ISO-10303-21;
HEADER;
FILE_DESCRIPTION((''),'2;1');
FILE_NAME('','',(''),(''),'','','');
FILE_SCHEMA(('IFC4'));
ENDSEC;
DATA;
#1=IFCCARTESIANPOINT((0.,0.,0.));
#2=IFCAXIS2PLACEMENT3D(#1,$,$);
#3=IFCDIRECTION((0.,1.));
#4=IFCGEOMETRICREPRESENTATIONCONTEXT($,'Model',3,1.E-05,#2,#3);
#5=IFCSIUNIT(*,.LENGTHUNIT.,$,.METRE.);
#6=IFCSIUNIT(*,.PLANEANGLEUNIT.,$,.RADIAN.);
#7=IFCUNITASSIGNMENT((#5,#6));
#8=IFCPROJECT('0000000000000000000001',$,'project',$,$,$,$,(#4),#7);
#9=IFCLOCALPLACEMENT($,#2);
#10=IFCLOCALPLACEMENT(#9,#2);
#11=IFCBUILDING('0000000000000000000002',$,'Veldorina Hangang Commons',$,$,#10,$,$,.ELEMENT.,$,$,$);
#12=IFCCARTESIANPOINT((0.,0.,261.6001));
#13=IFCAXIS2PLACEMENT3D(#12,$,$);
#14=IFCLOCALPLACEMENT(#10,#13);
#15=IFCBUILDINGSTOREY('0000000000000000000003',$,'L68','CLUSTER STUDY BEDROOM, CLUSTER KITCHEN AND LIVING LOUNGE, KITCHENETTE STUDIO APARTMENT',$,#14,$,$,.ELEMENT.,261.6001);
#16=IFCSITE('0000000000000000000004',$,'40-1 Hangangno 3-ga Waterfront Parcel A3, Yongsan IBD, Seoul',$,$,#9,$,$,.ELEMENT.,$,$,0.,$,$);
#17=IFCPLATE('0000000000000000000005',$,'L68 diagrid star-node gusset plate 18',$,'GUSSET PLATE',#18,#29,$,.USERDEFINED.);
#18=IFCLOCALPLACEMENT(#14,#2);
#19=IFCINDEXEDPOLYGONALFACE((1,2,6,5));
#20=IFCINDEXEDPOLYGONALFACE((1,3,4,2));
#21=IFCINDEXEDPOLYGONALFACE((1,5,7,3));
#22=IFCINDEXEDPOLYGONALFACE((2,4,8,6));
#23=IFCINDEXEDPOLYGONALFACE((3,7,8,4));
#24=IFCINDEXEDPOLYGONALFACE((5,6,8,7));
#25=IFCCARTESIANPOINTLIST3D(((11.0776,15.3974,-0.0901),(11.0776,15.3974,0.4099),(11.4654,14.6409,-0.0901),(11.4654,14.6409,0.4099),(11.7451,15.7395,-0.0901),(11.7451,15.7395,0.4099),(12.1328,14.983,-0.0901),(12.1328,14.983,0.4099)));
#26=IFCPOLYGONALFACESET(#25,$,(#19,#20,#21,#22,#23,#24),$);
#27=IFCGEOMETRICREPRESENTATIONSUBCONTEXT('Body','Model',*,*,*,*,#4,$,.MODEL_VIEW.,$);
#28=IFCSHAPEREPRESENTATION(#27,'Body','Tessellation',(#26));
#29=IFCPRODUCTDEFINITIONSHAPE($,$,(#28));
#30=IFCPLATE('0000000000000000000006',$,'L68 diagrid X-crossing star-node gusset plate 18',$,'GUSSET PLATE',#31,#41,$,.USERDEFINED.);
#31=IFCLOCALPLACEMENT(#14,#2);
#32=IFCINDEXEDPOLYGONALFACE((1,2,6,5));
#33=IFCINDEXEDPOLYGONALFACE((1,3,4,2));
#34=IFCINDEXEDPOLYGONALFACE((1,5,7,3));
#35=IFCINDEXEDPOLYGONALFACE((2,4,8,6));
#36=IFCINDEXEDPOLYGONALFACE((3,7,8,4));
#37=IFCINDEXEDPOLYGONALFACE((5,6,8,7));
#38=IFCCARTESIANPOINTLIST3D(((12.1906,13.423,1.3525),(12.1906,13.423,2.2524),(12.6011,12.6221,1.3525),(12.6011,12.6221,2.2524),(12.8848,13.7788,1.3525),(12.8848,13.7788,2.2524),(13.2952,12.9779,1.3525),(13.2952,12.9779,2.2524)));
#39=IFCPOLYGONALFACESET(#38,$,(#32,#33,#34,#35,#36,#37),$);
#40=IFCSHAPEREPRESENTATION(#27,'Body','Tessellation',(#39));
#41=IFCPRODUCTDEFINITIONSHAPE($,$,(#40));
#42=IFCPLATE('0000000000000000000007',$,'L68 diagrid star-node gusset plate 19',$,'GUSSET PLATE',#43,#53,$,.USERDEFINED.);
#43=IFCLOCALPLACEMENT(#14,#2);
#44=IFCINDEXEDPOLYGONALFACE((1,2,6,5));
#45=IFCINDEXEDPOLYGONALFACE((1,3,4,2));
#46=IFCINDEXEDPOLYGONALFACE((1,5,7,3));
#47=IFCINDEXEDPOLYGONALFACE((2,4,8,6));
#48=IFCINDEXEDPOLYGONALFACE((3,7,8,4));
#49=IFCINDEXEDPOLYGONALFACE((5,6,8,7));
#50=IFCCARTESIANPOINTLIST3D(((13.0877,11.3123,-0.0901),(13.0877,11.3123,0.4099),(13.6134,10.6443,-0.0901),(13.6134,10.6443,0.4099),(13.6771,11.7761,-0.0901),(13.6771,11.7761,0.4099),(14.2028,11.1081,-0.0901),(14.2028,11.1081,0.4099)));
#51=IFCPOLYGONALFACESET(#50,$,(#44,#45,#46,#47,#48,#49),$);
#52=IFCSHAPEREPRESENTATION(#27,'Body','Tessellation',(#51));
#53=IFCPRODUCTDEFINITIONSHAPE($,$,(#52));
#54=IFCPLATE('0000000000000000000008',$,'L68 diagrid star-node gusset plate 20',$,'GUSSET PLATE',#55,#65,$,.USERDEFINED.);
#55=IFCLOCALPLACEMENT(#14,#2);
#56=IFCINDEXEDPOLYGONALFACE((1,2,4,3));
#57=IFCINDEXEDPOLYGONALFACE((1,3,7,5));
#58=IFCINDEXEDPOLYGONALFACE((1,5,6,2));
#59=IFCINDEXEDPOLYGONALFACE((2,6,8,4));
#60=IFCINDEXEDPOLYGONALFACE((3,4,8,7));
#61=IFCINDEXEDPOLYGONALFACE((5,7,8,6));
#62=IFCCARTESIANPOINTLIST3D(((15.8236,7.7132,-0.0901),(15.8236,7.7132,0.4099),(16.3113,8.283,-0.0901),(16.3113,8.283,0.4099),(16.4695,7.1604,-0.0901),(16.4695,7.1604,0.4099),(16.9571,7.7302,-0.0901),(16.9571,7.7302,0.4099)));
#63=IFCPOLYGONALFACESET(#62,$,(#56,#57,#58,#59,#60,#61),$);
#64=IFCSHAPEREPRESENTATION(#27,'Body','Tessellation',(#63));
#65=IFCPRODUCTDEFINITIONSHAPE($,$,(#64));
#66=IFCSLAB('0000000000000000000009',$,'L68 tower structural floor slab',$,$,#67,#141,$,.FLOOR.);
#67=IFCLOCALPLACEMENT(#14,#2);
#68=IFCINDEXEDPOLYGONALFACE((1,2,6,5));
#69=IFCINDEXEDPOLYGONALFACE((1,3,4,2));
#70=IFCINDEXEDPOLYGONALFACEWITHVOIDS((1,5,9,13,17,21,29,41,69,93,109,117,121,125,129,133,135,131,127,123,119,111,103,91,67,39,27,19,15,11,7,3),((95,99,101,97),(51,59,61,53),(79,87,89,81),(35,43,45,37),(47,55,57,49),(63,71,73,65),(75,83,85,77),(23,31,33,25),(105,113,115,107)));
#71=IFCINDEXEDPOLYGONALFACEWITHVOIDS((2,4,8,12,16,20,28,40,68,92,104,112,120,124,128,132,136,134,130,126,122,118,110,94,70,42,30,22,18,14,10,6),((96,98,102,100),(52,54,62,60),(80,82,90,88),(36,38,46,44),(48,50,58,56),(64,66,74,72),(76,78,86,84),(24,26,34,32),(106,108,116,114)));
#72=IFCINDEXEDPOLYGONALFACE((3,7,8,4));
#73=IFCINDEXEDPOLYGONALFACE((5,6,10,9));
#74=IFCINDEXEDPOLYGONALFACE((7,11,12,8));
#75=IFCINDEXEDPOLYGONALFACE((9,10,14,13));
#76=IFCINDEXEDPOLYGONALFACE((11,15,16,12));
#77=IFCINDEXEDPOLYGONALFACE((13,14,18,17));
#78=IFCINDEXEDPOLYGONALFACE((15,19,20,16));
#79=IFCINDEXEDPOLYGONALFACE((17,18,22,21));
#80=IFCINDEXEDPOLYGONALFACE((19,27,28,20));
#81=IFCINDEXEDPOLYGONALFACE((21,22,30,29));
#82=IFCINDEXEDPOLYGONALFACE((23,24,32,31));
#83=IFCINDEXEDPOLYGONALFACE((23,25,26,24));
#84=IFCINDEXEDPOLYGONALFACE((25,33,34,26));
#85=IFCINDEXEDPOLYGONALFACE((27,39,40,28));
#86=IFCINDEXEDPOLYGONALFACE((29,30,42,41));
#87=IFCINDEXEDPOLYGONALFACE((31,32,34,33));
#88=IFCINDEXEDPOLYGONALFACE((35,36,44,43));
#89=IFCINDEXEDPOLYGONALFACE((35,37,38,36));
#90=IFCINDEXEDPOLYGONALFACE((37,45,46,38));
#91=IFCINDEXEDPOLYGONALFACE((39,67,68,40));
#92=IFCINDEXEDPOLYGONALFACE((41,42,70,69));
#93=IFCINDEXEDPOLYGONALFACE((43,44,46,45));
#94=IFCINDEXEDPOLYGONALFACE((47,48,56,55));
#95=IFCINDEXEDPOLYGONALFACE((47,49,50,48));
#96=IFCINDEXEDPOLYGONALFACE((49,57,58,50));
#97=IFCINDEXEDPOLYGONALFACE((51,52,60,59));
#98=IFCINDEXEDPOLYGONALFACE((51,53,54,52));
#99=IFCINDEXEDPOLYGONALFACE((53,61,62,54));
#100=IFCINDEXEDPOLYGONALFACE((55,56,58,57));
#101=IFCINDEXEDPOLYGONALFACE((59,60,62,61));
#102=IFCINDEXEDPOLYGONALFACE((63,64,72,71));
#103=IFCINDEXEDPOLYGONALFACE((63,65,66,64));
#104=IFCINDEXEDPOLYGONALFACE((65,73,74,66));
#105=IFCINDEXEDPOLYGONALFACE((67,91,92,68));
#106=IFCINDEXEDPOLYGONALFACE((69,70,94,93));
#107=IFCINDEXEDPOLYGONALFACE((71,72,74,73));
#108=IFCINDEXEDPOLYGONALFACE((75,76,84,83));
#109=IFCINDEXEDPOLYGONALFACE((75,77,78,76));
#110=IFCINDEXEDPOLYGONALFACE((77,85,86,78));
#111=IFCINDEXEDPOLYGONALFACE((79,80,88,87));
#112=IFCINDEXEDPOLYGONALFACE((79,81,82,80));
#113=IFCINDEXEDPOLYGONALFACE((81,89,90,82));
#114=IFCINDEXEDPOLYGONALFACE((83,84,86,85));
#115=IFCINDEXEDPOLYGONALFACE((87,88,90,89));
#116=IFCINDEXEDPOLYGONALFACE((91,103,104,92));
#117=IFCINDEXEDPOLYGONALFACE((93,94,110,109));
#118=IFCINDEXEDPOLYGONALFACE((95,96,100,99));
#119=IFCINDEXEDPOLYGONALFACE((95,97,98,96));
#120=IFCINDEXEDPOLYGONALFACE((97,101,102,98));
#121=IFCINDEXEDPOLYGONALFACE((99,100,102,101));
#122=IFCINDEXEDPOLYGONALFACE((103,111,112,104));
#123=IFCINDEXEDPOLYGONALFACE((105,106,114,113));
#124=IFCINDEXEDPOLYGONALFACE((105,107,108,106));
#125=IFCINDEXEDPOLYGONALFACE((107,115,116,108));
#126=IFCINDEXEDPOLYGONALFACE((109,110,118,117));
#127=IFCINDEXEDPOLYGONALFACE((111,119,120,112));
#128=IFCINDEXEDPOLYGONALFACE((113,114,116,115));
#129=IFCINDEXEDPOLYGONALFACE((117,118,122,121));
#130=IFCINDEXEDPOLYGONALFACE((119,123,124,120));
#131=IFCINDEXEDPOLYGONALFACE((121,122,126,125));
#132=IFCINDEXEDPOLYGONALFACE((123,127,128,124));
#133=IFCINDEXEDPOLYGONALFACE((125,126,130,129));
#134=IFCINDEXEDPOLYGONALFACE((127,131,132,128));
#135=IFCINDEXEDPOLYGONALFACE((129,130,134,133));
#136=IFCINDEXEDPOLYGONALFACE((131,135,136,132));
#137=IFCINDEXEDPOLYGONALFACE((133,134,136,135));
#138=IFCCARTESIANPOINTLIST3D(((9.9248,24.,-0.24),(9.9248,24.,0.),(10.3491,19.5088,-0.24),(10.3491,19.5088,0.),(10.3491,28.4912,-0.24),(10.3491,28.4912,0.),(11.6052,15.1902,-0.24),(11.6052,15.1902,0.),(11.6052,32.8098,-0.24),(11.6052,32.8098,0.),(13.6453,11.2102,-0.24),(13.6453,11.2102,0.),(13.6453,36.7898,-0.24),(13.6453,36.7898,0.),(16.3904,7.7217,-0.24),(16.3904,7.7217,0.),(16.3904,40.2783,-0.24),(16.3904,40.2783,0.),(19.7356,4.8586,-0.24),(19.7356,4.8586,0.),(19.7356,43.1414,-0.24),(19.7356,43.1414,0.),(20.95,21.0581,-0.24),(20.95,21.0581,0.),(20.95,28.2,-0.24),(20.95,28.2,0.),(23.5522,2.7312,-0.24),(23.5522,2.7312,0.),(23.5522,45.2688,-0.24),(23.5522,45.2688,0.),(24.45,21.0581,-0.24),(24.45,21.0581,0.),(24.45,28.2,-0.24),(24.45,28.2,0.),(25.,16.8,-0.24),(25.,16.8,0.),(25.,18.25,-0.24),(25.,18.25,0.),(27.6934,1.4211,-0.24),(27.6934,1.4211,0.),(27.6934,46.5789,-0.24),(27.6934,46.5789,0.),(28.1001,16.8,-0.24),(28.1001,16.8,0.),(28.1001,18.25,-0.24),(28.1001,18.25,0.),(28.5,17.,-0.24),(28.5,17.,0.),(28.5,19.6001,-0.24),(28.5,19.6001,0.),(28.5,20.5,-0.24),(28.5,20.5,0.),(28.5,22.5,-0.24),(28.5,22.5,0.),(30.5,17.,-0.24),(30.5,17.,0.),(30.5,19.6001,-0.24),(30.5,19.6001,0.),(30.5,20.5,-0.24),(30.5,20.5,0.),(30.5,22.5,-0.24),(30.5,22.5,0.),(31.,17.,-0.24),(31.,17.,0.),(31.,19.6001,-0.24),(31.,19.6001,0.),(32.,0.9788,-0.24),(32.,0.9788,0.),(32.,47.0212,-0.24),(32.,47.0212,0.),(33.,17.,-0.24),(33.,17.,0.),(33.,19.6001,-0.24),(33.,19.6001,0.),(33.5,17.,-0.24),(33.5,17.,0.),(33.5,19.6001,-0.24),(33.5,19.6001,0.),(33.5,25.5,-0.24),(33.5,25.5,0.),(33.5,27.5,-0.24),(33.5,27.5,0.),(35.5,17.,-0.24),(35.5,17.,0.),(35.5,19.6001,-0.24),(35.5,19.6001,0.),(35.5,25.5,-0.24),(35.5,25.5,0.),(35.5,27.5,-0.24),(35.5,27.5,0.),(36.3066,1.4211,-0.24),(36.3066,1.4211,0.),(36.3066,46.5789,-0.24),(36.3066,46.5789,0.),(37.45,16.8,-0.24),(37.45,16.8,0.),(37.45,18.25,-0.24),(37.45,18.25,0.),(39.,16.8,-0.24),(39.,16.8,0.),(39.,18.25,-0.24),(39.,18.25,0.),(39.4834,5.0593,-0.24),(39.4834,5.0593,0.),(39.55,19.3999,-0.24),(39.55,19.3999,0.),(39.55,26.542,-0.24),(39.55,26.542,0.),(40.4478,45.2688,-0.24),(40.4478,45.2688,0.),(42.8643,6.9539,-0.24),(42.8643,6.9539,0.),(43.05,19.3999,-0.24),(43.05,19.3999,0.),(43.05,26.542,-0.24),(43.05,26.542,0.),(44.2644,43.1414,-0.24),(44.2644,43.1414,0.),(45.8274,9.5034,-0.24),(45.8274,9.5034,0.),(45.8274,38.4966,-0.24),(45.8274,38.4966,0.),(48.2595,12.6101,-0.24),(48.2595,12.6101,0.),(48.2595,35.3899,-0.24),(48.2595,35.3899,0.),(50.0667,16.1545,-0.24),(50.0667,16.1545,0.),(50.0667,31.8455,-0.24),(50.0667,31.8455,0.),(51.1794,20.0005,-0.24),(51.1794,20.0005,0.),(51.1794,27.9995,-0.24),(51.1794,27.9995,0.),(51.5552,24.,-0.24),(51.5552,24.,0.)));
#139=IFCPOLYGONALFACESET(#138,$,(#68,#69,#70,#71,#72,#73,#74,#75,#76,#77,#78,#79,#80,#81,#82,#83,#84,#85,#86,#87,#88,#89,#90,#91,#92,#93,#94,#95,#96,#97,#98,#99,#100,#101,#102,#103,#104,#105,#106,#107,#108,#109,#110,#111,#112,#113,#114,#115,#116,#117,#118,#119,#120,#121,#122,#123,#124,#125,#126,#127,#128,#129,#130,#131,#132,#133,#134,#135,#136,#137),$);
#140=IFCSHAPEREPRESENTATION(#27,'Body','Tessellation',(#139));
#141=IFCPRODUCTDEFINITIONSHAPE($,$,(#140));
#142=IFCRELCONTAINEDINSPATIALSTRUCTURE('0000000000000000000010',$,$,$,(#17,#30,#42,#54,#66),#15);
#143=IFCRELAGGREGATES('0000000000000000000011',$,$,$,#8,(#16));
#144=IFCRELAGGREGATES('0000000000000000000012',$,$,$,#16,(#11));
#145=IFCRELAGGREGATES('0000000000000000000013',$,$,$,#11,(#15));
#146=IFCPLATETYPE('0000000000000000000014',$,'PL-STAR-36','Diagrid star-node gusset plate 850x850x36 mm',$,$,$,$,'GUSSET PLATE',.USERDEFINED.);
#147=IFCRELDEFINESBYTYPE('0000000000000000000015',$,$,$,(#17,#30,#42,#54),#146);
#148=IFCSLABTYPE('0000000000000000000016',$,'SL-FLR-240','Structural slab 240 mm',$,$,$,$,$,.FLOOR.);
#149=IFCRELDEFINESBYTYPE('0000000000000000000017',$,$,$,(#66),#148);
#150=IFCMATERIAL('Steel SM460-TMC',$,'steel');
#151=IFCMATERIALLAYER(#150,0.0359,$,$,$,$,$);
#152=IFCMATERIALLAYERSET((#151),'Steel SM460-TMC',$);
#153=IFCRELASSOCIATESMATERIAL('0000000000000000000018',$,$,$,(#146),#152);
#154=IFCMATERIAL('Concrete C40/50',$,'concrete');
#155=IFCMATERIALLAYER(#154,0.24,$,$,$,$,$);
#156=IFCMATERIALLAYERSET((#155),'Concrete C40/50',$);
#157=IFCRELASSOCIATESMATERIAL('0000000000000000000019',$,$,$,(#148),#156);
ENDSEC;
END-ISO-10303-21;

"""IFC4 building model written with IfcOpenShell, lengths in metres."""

from ifc_helpers import new_model, si_unit, direction, frame, origin, origin_2d, place, context, subcontext, project, spatial, polyline, rectangle, outline, extrude, material, layer, layer_set, type_object, element, save


model = new_model("IFC4")

# Units and contexts
model_context = context("Model", 3, precision=1e-05, world=origin(), true_north=direction((0.0, 1.0)))
body_context = subcontext(model_context, "Body", "Model", "MODEL_VIEW")
ifc_project = project(units=[si_unit("LENGTHUNIT", "METRE"), si_unit("PLANEANGLEUNIT", "RADIAN")], contexts=[model_context])

# Site, building, storey
site_placement = place(None, origin())
site = spatial("IfcSite", under=ifc_project, at=site_placement, Name="40-1 Hangangno 3-ga Waterfront Parcel A3, Yongsan IBD, Seoul", CompositionType="ELEMENT", RefElevation=0.0)
building_placement = place(site_placement, origin())
building = spatial("IfcBuilding", under=site, at=building_placement, Name="Veldorina Hangang Commons", CompositionType="ELEMENT")
storey_placement = place(building_placement, frame((0.0, 0.0, 261.6001)))
storey = spatial("IfcBuildingStorey", under=building, at=storey_placement, Name="L68", Description="CLUSTER STUDY BEDROOM, CLUSTER KITCHEN AND LIVING LOUNGE, KITCHENETTE STUDIO APARTMENT", CompositionType="ELEMENT", Elevation=261.6001)

# Plates
ifc_material_1 = material(Name="Steel SM460-TMC", Category="steel")
ifc_layer_1 = layer(ifc_material_1, 0.0359)
ifc_layer_set_1 = layer_set([ifc_layer_1], Name="Steel SM460-TMC")
plate_type = type_object("IfcPlateType", Name="PL-STAR-36", Description="Diagrid star-node gusset plate 850x850x36 mm", ElementType="GUSSET PLATE", PredefinedType="USERDEFINED", material=ifc_layer_set_1)
for number, where, z_axis, x_axis, name in (
    (1, (11.6052, 15.1902, -0.0901), (0.0, 0.0, 1.0), (0.456104, -0.889926, 0.0), "L68 diagrid star-node gusset plate 18"),
):
    element("IfcPlate", number, at=place(storey_placement, frame(where, z_axis=z_axis, x_axis=x_axis)), inside=storey, type_object=plate_type, Name=name, ObjectType="GUSSET PLATE", PredefinedType="USERDEFINED", context=body_context, shape_type="SweptSolid", body=[
        extrude(rectangle(XDim=0.8501, YDim=0.75, at=origin_2d()), origin(), (0.0, 0.0, 1.0), 0.5),
    ])
plate_1_placement = place(storey_placement, frame((12.7429, 13.2004, 1.3525), z_axis=(0.0, 0.0, 1.0), x_axis=(0.456104, -0.889926, 0.0)))
element("IfcPlate", 2, at=plate_1_placement, inside=storey, type_object=plate_type, Name="L68 diagrid X-crossing star-node gusset plate 18", ObjectType="GUSSET PLATE", PredefinedType="USERDEFINED", context=body_context, shape_type="SweptSolid", body=[
    extrude(rectangle(XDim=0.8999, YDim=0.78, at=origin_2d()), origin(), (0.0, 0.0, 1.0), 0.8999),
])
for number, where, z_axis, x_axis, name in (
    (3, (13.6453, 11.2102, -0.0901), (0.0, 0.0, 1.0), (0.618422, -0.785846, 0.0), "L68 diagrid star-node gusset plate 19"),
    (4, (16.3904, 7.7217, -0.0901), (0.0, 0.0, 1.0), (0.759737, -0.650231, 0.0), "L68 diagrid star-node gusset plate 20"),
):
    element("IfcPlate", number, at=place(storey_placement, frame(where, z_axis=z_axis, x_axis=x_axis)), inside=storey, type_object=plate_type, Name=name, ObjectType="GUSSET PLATE", PredefinedType="USERDEFINED", context=body_context, shape_type="SweptSolid", body=[
        extrude(rectangle(XDim=0.8501, YDim=0.75, at=origin_2d()), origin(), (0.0, 0.0, 1.0), 0.5),
    ])

# Slab
ifc_material_2 = material(Name="Concrete C40/50", Category="concrete")
ifc_layer_2 = layer(ifc_material_2, 0.24)
ifc_layer_set_2 = layer_set([ifc_layer_2], Name="Concrete C40/50")
slab_type_1 = type_object("IfcSlabType", Name="SL-FLR-240", Description="Structural slab 240 mm", PredefinedType="FLOOR", material=ifc_layer_set_2)
slab_1_placement = place(storey_placement, frame((0.0, 0.0, -0.24)))
element("IfcSlab", 5, at=slab_1_placement, inside=storey, type_object=slab_type_1, Name="L68 tower structural floor slab", PredefinedType="FLOOR", context=body_context, shape_type="SweptSolid", body=[
    extrude(outline(polyline([(51.5552, 24.0), (51.1794, 27.9995), (50.0667, 31.8455), (48.2595, 35.3899), (45.8274, 38.4966), (44.2644, 43.1414), (40.4478, 45.2688), (36.3066, 46.5789), (32.0, 47.0212), (27.6934, 46.5789), (23.5522, 45.2688), (19.7356, 43.1414), (16.3904, 40.2783), (13.6453, 36.7898), (11.6052, 32.8098), (10.3491, 28.4912), (9.9248, 24.0), (10.3491, 19.5088), (11.6052, 15.1902), (13.6453, 11.2102), (16.3904, 7.7217), (19.7356, 4.8586), (23.5522, 2.7312), (27.6934, 1.4211), (32.0, 0.9788), (36.3066, 1.4211), (39.4834, 5.0593), (42.8643, 6.9539), (45.8274, 9.5034), (48.2595, 12.6101), (50.0667, 16.1545), (51.1794, 20.0005), (51.5552, 24.0)]), holes=[polyline([(20.95, 21.0581), (20.95, 28.2), (24.45, 28.2), (24.45, 21.0581), (20.95, 21.0581)]), polyline([(43.05, 26.542), (43.05, 19.3999), (39.55, 19.3999), (39.55, 26.542), (43.05, 26.542)]), polyline([(33.5, 27.5), (35.5, 27.5), (35.5, 25.5), (33.5, 25.5), (33.5, 27.5)]), polyline([(28.5, 22.5), (30.5, 22.5), (30.5, 20.5), (28.5, 20.5), (28.5, 22.5)]), polyline([(28.5, 19.6001), (30.5, 19.6001), (30.5, 17.0), (28.5, 17.0), (28.5, 19.6001)]), polyline([(31.0, 19.6001), (33.0, 19.6001), (33.0, 17.0), (31.0, 17.0), (31.0, 19.6001)]), polyline([(33.5, 19.6001), (35.5, 19.6001), (35.5, 17.0), (33.5, 17.0), (33.5, 19.6001)]), polyline([(25.0, 18.25), (28.1001, 18.25), (28.1001, 16.8), (25.0, 16.8), (25.0, 18.25)]), polyline([(37.45, 18.25), (39.0, 18.25), (39.0, 16.8), (37.45, 16.8), (37.45, 18.25)])]), origin(), (0.0, 0.0, 1.0), 0.24),
])

save(model, "model.ifc")
